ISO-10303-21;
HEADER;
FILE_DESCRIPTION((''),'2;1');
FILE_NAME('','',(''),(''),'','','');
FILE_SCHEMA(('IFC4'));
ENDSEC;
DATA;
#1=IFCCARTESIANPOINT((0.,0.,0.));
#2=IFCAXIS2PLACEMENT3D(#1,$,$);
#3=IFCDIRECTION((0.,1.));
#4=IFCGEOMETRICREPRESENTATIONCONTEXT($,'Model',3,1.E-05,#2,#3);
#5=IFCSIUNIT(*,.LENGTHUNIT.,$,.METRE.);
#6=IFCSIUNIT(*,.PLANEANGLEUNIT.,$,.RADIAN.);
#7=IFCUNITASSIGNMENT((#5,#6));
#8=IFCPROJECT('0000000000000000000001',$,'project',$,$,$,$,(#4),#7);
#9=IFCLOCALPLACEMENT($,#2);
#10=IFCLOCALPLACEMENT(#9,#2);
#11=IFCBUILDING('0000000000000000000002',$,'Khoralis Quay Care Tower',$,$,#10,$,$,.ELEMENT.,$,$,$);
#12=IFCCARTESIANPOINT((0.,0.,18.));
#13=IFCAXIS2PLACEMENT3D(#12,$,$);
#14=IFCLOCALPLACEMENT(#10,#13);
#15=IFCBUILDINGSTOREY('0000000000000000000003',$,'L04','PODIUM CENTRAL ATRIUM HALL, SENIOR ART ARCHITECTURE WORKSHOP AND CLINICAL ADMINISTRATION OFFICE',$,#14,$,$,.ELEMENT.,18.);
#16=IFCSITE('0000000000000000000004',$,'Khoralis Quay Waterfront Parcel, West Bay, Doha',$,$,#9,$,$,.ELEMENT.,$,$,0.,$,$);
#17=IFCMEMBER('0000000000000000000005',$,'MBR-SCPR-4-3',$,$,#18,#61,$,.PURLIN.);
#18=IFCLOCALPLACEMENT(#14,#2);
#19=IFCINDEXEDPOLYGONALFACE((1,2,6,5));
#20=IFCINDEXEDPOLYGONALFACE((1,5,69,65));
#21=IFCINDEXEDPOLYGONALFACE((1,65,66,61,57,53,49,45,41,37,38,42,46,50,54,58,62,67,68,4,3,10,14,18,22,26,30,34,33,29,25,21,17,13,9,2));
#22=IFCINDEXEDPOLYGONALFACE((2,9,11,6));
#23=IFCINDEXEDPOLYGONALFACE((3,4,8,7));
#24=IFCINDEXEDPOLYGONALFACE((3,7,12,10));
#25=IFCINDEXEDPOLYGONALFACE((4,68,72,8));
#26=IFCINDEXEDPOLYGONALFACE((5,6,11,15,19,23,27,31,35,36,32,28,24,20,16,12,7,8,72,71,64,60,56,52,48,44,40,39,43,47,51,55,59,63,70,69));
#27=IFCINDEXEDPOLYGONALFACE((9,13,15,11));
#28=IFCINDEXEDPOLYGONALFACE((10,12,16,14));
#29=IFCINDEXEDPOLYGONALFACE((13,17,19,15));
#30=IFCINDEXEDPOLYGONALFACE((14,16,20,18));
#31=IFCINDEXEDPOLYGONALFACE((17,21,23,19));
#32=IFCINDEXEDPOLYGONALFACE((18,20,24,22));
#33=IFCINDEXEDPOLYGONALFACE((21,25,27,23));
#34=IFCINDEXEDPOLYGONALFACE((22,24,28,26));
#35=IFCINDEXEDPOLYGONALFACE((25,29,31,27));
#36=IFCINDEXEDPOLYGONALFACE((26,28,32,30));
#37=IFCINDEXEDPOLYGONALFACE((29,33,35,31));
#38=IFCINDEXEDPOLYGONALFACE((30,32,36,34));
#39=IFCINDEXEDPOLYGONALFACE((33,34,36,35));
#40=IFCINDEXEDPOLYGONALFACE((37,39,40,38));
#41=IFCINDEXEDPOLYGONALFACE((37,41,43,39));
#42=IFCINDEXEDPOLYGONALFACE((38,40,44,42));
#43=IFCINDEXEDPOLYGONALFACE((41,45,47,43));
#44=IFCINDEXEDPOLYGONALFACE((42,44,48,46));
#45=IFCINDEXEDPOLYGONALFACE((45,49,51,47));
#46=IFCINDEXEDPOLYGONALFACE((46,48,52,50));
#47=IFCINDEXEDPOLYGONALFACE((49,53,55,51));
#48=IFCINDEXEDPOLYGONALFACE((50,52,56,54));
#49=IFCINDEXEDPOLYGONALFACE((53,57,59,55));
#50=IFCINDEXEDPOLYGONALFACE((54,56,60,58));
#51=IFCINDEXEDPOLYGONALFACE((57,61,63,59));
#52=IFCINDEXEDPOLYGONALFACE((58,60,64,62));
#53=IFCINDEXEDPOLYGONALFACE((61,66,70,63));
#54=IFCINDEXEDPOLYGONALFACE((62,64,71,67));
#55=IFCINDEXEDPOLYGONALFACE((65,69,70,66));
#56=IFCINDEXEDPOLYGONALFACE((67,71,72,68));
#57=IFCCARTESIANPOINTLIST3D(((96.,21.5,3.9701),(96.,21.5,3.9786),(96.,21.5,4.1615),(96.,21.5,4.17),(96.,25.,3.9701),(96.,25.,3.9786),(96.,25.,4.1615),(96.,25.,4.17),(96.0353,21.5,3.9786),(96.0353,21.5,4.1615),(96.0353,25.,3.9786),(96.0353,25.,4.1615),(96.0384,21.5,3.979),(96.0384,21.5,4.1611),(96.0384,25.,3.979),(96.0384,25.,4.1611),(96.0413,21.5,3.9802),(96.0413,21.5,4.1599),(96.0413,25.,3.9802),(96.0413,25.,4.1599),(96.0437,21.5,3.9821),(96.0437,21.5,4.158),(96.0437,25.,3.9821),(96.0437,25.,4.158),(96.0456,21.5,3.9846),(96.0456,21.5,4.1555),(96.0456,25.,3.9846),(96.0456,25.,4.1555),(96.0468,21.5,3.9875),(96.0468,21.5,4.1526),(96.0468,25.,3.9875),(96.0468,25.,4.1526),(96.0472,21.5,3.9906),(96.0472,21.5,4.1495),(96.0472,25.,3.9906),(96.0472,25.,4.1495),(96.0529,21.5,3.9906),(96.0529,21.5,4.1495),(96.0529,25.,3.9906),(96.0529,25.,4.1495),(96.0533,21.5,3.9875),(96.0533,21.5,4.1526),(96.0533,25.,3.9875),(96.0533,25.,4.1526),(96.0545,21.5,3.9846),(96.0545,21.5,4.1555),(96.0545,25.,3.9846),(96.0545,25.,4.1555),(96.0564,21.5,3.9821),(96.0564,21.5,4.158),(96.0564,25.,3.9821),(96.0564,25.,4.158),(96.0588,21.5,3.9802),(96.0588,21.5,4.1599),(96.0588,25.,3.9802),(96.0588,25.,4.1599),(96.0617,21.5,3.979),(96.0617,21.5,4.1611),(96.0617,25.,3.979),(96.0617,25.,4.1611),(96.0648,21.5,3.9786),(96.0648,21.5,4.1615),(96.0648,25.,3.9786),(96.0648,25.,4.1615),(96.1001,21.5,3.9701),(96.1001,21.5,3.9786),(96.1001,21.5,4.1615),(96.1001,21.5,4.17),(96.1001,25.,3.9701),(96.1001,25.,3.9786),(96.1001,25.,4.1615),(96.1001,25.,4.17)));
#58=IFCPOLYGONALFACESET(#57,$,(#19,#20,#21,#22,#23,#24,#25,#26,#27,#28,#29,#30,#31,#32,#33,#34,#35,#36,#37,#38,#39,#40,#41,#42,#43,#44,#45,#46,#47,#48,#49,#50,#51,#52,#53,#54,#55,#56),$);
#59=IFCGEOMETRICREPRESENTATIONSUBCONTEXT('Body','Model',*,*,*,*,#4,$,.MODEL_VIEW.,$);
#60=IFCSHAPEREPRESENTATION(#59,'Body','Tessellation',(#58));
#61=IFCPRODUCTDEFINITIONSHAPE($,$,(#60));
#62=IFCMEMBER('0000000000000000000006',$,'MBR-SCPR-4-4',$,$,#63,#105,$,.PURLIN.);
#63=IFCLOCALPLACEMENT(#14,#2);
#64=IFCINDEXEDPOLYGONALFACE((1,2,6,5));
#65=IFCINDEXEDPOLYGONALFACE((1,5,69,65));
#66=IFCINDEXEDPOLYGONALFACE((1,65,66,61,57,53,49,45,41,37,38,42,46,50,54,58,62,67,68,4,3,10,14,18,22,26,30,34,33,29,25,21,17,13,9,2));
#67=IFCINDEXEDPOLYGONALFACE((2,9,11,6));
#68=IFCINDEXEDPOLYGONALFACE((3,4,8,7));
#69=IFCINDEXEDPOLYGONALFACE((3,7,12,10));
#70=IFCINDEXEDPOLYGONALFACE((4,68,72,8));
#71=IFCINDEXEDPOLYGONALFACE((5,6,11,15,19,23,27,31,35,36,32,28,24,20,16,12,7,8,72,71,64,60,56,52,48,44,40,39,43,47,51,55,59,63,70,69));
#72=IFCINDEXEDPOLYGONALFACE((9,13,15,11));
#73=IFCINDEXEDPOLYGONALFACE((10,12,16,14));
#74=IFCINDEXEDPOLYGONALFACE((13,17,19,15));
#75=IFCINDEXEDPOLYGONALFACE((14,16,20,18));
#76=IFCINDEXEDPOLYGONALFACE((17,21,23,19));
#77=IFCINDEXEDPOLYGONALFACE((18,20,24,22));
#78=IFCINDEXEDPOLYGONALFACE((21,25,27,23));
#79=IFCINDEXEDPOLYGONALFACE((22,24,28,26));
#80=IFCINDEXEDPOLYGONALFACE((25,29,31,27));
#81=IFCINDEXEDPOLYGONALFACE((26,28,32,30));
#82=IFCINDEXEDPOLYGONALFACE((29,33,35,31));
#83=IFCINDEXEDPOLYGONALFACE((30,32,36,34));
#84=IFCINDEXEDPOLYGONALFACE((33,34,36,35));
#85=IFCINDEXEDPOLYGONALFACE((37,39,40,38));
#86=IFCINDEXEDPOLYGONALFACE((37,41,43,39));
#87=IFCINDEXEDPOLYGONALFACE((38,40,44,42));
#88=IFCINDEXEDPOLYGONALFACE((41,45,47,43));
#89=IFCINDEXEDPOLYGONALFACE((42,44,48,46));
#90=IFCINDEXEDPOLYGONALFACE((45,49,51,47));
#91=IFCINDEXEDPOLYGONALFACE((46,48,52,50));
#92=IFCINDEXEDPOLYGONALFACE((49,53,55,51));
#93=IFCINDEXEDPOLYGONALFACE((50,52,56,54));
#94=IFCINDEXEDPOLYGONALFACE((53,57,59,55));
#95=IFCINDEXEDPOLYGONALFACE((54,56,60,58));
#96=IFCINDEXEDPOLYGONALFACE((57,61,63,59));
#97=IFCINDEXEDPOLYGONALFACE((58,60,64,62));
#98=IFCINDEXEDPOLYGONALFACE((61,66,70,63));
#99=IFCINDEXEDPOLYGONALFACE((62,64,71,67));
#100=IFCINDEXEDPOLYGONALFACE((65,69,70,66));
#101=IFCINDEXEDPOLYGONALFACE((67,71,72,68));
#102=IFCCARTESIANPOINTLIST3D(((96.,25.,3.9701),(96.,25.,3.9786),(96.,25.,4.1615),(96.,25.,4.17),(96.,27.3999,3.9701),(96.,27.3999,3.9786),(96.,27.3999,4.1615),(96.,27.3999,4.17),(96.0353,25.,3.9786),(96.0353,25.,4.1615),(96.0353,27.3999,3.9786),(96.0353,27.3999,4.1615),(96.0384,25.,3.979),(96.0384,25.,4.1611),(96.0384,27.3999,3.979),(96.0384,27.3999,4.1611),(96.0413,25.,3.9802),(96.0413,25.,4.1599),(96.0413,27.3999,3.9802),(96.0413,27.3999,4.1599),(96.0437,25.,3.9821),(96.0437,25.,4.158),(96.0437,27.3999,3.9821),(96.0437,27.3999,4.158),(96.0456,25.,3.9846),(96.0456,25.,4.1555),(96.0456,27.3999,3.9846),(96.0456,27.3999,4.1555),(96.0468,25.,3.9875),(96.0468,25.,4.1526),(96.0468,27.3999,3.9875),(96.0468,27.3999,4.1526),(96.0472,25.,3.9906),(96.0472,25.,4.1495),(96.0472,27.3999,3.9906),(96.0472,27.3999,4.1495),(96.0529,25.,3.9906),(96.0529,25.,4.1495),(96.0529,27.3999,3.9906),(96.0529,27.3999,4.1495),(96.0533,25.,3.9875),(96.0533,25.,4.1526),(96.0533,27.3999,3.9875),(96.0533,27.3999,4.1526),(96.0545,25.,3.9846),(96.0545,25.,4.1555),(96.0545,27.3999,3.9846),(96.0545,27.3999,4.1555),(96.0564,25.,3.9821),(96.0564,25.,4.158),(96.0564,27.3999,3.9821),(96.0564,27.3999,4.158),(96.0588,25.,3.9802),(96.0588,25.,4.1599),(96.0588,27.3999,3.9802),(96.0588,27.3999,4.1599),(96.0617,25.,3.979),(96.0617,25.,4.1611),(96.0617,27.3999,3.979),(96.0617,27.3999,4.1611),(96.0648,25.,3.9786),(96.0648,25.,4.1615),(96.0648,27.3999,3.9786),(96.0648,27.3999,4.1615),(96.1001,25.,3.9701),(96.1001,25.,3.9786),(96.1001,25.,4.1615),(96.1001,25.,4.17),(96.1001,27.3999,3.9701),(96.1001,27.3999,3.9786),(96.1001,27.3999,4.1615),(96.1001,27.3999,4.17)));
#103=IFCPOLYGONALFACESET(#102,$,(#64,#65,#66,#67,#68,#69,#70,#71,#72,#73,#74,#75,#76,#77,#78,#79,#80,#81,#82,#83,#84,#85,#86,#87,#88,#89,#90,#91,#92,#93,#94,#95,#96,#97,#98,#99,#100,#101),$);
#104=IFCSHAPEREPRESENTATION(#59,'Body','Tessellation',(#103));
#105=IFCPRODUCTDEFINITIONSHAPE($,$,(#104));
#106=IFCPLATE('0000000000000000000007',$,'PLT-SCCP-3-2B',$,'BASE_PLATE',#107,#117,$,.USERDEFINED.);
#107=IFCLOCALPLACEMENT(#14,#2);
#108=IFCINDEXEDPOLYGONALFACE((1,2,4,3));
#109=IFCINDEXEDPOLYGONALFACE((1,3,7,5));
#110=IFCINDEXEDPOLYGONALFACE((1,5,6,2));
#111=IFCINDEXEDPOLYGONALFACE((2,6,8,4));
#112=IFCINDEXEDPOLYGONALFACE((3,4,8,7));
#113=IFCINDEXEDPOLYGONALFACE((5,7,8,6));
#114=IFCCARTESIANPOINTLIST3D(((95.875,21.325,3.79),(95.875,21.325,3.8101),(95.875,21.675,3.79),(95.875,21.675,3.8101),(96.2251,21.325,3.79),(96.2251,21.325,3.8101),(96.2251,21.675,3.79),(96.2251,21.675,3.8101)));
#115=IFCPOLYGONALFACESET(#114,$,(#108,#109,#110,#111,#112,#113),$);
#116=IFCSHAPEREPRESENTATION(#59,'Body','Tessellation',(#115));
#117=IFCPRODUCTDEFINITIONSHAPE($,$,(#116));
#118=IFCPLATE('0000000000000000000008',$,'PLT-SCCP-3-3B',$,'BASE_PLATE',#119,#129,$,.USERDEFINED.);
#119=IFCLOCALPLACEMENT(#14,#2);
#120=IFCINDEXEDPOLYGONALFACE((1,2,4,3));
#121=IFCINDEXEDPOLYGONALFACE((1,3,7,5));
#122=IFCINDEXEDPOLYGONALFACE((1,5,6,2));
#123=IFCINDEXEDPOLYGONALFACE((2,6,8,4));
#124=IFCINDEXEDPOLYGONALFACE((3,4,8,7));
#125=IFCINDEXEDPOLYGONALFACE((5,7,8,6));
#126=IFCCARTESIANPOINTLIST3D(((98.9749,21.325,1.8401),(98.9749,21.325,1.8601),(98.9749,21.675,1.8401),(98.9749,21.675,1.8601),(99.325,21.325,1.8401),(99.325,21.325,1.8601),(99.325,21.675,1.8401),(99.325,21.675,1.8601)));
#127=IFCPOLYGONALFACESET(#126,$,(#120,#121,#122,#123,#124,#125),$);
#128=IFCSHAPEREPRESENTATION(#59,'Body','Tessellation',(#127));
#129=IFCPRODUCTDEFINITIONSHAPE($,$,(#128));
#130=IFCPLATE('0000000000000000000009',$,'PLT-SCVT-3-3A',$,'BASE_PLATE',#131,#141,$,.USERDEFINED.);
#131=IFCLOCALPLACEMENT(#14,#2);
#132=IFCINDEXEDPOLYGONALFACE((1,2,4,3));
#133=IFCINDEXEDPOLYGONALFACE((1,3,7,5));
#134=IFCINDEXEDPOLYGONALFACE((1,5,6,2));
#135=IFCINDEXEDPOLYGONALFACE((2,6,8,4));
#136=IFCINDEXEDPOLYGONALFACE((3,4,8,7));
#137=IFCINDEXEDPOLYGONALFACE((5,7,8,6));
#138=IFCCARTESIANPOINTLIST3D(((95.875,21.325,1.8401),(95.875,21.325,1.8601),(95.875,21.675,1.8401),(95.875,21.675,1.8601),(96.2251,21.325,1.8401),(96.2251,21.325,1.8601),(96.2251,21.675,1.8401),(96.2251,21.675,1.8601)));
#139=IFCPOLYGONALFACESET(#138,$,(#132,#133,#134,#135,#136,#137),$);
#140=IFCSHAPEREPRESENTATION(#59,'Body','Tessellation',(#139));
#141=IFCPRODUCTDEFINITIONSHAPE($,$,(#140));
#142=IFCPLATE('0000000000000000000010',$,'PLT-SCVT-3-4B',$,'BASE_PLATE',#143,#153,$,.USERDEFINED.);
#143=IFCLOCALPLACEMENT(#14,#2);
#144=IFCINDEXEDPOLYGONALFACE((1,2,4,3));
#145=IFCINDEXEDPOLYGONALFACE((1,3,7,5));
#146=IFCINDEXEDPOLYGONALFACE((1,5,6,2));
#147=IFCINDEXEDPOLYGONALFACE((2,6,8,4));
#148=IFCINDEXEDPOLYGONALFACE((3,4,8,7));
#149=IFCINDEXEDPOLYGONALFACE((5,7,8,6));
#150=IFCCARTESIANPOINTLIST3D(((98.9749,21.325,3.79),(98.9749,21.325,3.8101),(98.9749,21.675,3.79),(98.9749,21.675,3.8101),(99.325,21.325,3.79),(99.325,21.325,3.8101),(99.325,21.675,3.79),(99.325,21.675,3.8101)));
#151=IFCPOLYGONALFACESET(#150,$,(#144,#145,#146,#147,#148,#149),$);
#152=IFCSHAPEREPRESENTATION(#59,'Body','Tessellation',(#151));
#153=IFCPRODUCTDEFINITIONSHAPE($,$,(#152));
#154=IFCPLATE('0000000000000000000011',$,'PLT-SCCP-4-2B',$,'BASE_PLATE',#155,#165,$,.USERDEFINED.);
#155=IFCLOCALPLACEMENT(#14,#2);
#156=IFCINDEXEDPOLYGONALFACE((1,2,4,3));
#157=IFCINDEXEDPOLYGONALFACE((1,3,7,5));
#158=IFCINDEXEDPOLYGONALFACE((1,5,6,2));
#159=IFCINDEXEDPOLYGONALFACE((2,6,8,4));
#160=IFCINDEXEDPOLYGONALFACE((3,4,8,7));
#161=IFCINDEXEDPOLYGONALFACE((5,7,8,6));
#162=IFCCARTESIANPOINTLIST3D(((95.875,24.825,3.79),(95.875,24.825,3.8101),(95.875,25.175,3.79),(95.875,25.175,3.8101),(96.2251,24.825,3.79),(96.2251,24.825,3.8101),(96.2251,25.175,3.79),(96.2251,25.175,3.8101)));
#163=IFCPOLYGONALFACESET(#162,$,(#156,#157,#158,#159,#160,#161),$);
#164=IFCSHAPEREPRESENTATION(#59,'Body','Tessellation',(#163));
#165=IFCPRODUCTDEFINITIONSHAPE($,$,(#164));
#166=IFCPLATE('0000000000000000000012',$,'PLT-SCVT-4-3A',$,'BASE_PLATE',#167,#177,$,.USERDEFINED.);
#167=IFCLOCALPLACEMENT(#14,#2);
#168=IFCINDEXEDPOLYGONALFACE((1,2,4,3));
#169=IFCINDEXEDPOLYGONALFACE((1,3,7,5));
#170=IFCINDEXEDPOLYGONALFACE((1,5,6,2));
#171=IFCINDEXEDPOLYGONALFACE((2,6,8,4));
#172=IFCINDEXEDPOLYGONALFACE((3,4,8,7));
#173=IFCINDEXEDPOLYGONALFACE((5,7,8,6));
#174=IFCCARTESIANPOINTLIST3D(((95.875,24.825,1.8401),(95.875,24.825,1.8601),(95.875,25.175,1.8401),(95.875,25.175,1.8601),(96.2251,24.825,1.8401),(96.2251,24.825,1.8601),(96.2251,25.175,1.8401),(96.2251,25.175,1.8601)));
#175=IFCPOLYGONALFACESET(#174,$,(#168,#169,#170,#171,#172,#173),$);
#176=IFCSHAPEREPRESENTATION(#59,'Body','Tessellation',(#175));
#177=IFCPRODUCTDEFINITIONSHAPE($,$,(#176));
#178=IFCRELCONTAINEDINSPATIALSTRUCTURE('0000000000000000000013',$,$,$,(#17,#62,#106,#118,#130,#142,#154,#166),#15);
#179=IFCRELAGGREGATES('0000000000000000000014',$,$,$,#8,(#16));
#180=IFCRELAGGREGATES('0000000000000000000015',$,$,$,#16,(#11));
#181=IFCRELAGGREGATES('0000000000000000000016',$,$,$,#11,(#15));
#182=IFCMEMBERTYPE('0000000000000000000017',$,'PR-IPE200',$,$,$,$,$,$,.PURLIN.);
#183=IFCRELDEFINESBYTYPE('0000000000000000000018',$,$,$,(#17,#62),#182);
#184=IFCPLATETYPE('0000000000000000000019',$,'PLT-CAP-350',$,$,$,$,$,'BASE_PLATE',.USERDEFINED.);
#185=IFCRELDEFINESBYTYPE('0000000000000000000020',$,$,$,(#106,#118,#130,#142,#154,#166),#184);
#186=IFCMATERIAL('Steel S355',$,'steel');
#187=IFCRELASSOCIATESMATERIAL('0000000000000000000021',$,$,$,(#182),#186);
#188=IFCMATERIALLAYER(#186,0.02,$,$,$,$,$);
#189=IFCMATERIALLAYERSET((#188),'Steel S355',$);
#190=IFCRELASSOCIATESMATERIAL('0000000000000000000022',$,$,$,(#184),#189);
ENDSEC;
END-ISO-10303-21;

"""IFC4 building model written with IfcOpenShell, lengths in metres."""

from ifc_helpers import new_model, si_unit, direction, frame, origin, origin_2d, place, context, subcontext, project, spatial, rectangle, i_section, extrude, source, transform, mapped, material, layer, layer_set, material_profile, profile_set, type_object, element, save


model = new_model("IFC4")

# Units and contexts
model_context = context("Model", 3, precision=1e-05, world=origin(), true_north=direction((0.0, 1.0)))
body_context = subcontext(model_context, "Body", "Model", "MODEL_VIEW")
ifc_project = project(units=[si_unit("LENGTHUNIT", "METRE"), si_unit("PLANEANGLEUNIT", "RADIAN")], contexts=[model_context])

# Site, building, storey
site_placement = place(None, origin())
site = spatial("IfcSite", under=ifc_project, at=site_placement, Name="Khoralis Quay Waterfront Parcel, West Bay, Doha", CompositionType="ELEMENT", RefElevation=0.0)
building_placement = place(site_placement, origin())
building = spatial("IfcBuilding", under=site, at=building_placement, Name="Khoralis Quay Care Tower", CompositionType="ELEMENT")
storey_placement = place(building_placement, frame((0.0, 0.0, 18.0)))
storey = spatial("IfcBuildingStorey", under=building, at=storey_placement, Name="L04", Description="PODIUM CENTRAL ATRIUM HALL, SENIOR ART ARCHITECTURE WORKSHOP AND CLINICAL ADMINISTRATION OFFICE", CompositionType="ELEMENT", Elevation=18.0)

# Members
ifc_material = material(Name="Steel S355", Category="steel")
ifc_material_profile_1 = material_profile(ifc_material, i_section(OverallWidth=0.1001, OverallDepth=0.2, WebThickness=0.0056, FlangeThickness=0.0085, FilletRadius=0.012, at=origin_2d()), Name="Steel S355")
ifc_profile_set_1 = profile_set([ifc_material_profile_1], Name="Steel S355")
member_type_1 = type_object("IfcMemberType", Name="PR-IPE200", PredefinedType="PURLIN", material=ifc_profile_set_1)
shared_shape_1 = source(origin(), body_context, "Body", "SweptSolid", [
    extrude(i_section(OverallWidth=0.1001, OverallDepth=0.2, WebThickness=0.0056, FlangeThickness=0.0085, FilletRadius=0.012, at=origin_2d()), origin(), (0.0, 0.0, 1.0), 3.5),
])
member_1_placement = place(storey_placement, frame((96.05, 21.5, 4.0701), z_axis=(0.0, 1.0, 0.0), x_axis=(-1.0, 0.0, 0.0)))
element("IfcMember", 1, at=member_1_placement, inside=storey, type_object=member_type_1, Name="MBR-SCPR-4-3", PredefinedType="PURLIN", context=body_context, shape_type="MappedRepresentation", body=[
    mapped(shared_shape_1, transform((0.0, 0.0, 0.0), scale=1.0)),
])
shared_shape_2 = source(origin(), body_context, "Body", "SweptSolid", [
    extrude(i_section(OverallWidth=0.1001, OverallDepth=0.2, WebThickness=0.0056, FlangeThickness=0.0085, FilletRadius=0.012, at=origin_2d()), origin(), (0.0, 0.0, 1.0), 2.3999),
])
member_2_placement = place(storey_placement, frame((96.05, 25.0, 4.0701), z_axis=(0.0, 1.0, 0.0), x_axis=(-1.0, 0.0, 0.0)))
element("IfcMember", 2, at=member_2_placement, inside=storey, type_object=member_type_1, Name="MBR-SCPR-4-4", PredefinedType="PURLIN", context=body_context, shape_type="MappedRepresentation", body=[
    mapped(shared_shape_2, transform((0.0, 0.0, 0.0), scale=1.0)),
])

# Plates
ifc_layer = layer(ifc_material, 0.02)
ifc_layer_set = layer_set([ifc_layer], Name="Steel S355")
plate_type = type_object("IfcPlateType", Name="PLT-CAP-350", ElementType="BASE_PLATE", PredefinedType="USERDEFINED", material=ifc_layer_set)
shared_shape_3 = source(origin(), body_context, "Body", "SweptSolid", [
    extrude(rectangle(XDim=0.3501, YDim=0.3501, at=origin_2d()), origin(), (0.0, 0.0, 1.0), 0.02),
])
for number, where, z_axis, x_axis, name in (
    (3, (96.05, 21.5, 3.79), (0.0, 0.0, 1.0), (1.0, 0.0, 0.0), "PLT-SCCP-3-2B"),
    (4, (99.1499, 21.5, 1.8401), (0.0, 0.0, 1.0), (1.0, 0.0, 0.0), "PLT-SCCP-3-3B"),
    (5, (96.05, 21.5, 1.8401), (0.0, 0.0, 1.0), (1.0, 0.0, 0.0), "PLT-SCVT-3-3A"),
    (6, (99.1499, 21.5, 3.79), (0.0, 0.0, 1.0), (1.0, 0.0, 0.0), "PLT-SCVT-3-4B"),
    (7, (96.05, 25.0, 3.79), (0.0, 0.0, 1.0), (1.0, 0.0, 0.0), "PLT-SCCP-4-2B"),
    (8, (96.05, 25.0, 1.8401), (0.0, 0.0, 1.0), (1.0, 0.0, 0.0), "PLT-SCVT-4-3A"),
):
    element("IfcPlate", number, at=place(storey_placement, frame(where, z_axis=z_axis, x_axis=x_axis)), inside=storey, type_object=plate_type, Name=name, ObjectType="BASE_PLATE", PredefinedType="USERDEFINED", context=body_context, shape_type="MappedRepresentation", body=[
        mapped(shared_shape_3, transform((0.0, 0.0, 0.0), scale=1.0)),
    ])

save(model, "model.ifc")
